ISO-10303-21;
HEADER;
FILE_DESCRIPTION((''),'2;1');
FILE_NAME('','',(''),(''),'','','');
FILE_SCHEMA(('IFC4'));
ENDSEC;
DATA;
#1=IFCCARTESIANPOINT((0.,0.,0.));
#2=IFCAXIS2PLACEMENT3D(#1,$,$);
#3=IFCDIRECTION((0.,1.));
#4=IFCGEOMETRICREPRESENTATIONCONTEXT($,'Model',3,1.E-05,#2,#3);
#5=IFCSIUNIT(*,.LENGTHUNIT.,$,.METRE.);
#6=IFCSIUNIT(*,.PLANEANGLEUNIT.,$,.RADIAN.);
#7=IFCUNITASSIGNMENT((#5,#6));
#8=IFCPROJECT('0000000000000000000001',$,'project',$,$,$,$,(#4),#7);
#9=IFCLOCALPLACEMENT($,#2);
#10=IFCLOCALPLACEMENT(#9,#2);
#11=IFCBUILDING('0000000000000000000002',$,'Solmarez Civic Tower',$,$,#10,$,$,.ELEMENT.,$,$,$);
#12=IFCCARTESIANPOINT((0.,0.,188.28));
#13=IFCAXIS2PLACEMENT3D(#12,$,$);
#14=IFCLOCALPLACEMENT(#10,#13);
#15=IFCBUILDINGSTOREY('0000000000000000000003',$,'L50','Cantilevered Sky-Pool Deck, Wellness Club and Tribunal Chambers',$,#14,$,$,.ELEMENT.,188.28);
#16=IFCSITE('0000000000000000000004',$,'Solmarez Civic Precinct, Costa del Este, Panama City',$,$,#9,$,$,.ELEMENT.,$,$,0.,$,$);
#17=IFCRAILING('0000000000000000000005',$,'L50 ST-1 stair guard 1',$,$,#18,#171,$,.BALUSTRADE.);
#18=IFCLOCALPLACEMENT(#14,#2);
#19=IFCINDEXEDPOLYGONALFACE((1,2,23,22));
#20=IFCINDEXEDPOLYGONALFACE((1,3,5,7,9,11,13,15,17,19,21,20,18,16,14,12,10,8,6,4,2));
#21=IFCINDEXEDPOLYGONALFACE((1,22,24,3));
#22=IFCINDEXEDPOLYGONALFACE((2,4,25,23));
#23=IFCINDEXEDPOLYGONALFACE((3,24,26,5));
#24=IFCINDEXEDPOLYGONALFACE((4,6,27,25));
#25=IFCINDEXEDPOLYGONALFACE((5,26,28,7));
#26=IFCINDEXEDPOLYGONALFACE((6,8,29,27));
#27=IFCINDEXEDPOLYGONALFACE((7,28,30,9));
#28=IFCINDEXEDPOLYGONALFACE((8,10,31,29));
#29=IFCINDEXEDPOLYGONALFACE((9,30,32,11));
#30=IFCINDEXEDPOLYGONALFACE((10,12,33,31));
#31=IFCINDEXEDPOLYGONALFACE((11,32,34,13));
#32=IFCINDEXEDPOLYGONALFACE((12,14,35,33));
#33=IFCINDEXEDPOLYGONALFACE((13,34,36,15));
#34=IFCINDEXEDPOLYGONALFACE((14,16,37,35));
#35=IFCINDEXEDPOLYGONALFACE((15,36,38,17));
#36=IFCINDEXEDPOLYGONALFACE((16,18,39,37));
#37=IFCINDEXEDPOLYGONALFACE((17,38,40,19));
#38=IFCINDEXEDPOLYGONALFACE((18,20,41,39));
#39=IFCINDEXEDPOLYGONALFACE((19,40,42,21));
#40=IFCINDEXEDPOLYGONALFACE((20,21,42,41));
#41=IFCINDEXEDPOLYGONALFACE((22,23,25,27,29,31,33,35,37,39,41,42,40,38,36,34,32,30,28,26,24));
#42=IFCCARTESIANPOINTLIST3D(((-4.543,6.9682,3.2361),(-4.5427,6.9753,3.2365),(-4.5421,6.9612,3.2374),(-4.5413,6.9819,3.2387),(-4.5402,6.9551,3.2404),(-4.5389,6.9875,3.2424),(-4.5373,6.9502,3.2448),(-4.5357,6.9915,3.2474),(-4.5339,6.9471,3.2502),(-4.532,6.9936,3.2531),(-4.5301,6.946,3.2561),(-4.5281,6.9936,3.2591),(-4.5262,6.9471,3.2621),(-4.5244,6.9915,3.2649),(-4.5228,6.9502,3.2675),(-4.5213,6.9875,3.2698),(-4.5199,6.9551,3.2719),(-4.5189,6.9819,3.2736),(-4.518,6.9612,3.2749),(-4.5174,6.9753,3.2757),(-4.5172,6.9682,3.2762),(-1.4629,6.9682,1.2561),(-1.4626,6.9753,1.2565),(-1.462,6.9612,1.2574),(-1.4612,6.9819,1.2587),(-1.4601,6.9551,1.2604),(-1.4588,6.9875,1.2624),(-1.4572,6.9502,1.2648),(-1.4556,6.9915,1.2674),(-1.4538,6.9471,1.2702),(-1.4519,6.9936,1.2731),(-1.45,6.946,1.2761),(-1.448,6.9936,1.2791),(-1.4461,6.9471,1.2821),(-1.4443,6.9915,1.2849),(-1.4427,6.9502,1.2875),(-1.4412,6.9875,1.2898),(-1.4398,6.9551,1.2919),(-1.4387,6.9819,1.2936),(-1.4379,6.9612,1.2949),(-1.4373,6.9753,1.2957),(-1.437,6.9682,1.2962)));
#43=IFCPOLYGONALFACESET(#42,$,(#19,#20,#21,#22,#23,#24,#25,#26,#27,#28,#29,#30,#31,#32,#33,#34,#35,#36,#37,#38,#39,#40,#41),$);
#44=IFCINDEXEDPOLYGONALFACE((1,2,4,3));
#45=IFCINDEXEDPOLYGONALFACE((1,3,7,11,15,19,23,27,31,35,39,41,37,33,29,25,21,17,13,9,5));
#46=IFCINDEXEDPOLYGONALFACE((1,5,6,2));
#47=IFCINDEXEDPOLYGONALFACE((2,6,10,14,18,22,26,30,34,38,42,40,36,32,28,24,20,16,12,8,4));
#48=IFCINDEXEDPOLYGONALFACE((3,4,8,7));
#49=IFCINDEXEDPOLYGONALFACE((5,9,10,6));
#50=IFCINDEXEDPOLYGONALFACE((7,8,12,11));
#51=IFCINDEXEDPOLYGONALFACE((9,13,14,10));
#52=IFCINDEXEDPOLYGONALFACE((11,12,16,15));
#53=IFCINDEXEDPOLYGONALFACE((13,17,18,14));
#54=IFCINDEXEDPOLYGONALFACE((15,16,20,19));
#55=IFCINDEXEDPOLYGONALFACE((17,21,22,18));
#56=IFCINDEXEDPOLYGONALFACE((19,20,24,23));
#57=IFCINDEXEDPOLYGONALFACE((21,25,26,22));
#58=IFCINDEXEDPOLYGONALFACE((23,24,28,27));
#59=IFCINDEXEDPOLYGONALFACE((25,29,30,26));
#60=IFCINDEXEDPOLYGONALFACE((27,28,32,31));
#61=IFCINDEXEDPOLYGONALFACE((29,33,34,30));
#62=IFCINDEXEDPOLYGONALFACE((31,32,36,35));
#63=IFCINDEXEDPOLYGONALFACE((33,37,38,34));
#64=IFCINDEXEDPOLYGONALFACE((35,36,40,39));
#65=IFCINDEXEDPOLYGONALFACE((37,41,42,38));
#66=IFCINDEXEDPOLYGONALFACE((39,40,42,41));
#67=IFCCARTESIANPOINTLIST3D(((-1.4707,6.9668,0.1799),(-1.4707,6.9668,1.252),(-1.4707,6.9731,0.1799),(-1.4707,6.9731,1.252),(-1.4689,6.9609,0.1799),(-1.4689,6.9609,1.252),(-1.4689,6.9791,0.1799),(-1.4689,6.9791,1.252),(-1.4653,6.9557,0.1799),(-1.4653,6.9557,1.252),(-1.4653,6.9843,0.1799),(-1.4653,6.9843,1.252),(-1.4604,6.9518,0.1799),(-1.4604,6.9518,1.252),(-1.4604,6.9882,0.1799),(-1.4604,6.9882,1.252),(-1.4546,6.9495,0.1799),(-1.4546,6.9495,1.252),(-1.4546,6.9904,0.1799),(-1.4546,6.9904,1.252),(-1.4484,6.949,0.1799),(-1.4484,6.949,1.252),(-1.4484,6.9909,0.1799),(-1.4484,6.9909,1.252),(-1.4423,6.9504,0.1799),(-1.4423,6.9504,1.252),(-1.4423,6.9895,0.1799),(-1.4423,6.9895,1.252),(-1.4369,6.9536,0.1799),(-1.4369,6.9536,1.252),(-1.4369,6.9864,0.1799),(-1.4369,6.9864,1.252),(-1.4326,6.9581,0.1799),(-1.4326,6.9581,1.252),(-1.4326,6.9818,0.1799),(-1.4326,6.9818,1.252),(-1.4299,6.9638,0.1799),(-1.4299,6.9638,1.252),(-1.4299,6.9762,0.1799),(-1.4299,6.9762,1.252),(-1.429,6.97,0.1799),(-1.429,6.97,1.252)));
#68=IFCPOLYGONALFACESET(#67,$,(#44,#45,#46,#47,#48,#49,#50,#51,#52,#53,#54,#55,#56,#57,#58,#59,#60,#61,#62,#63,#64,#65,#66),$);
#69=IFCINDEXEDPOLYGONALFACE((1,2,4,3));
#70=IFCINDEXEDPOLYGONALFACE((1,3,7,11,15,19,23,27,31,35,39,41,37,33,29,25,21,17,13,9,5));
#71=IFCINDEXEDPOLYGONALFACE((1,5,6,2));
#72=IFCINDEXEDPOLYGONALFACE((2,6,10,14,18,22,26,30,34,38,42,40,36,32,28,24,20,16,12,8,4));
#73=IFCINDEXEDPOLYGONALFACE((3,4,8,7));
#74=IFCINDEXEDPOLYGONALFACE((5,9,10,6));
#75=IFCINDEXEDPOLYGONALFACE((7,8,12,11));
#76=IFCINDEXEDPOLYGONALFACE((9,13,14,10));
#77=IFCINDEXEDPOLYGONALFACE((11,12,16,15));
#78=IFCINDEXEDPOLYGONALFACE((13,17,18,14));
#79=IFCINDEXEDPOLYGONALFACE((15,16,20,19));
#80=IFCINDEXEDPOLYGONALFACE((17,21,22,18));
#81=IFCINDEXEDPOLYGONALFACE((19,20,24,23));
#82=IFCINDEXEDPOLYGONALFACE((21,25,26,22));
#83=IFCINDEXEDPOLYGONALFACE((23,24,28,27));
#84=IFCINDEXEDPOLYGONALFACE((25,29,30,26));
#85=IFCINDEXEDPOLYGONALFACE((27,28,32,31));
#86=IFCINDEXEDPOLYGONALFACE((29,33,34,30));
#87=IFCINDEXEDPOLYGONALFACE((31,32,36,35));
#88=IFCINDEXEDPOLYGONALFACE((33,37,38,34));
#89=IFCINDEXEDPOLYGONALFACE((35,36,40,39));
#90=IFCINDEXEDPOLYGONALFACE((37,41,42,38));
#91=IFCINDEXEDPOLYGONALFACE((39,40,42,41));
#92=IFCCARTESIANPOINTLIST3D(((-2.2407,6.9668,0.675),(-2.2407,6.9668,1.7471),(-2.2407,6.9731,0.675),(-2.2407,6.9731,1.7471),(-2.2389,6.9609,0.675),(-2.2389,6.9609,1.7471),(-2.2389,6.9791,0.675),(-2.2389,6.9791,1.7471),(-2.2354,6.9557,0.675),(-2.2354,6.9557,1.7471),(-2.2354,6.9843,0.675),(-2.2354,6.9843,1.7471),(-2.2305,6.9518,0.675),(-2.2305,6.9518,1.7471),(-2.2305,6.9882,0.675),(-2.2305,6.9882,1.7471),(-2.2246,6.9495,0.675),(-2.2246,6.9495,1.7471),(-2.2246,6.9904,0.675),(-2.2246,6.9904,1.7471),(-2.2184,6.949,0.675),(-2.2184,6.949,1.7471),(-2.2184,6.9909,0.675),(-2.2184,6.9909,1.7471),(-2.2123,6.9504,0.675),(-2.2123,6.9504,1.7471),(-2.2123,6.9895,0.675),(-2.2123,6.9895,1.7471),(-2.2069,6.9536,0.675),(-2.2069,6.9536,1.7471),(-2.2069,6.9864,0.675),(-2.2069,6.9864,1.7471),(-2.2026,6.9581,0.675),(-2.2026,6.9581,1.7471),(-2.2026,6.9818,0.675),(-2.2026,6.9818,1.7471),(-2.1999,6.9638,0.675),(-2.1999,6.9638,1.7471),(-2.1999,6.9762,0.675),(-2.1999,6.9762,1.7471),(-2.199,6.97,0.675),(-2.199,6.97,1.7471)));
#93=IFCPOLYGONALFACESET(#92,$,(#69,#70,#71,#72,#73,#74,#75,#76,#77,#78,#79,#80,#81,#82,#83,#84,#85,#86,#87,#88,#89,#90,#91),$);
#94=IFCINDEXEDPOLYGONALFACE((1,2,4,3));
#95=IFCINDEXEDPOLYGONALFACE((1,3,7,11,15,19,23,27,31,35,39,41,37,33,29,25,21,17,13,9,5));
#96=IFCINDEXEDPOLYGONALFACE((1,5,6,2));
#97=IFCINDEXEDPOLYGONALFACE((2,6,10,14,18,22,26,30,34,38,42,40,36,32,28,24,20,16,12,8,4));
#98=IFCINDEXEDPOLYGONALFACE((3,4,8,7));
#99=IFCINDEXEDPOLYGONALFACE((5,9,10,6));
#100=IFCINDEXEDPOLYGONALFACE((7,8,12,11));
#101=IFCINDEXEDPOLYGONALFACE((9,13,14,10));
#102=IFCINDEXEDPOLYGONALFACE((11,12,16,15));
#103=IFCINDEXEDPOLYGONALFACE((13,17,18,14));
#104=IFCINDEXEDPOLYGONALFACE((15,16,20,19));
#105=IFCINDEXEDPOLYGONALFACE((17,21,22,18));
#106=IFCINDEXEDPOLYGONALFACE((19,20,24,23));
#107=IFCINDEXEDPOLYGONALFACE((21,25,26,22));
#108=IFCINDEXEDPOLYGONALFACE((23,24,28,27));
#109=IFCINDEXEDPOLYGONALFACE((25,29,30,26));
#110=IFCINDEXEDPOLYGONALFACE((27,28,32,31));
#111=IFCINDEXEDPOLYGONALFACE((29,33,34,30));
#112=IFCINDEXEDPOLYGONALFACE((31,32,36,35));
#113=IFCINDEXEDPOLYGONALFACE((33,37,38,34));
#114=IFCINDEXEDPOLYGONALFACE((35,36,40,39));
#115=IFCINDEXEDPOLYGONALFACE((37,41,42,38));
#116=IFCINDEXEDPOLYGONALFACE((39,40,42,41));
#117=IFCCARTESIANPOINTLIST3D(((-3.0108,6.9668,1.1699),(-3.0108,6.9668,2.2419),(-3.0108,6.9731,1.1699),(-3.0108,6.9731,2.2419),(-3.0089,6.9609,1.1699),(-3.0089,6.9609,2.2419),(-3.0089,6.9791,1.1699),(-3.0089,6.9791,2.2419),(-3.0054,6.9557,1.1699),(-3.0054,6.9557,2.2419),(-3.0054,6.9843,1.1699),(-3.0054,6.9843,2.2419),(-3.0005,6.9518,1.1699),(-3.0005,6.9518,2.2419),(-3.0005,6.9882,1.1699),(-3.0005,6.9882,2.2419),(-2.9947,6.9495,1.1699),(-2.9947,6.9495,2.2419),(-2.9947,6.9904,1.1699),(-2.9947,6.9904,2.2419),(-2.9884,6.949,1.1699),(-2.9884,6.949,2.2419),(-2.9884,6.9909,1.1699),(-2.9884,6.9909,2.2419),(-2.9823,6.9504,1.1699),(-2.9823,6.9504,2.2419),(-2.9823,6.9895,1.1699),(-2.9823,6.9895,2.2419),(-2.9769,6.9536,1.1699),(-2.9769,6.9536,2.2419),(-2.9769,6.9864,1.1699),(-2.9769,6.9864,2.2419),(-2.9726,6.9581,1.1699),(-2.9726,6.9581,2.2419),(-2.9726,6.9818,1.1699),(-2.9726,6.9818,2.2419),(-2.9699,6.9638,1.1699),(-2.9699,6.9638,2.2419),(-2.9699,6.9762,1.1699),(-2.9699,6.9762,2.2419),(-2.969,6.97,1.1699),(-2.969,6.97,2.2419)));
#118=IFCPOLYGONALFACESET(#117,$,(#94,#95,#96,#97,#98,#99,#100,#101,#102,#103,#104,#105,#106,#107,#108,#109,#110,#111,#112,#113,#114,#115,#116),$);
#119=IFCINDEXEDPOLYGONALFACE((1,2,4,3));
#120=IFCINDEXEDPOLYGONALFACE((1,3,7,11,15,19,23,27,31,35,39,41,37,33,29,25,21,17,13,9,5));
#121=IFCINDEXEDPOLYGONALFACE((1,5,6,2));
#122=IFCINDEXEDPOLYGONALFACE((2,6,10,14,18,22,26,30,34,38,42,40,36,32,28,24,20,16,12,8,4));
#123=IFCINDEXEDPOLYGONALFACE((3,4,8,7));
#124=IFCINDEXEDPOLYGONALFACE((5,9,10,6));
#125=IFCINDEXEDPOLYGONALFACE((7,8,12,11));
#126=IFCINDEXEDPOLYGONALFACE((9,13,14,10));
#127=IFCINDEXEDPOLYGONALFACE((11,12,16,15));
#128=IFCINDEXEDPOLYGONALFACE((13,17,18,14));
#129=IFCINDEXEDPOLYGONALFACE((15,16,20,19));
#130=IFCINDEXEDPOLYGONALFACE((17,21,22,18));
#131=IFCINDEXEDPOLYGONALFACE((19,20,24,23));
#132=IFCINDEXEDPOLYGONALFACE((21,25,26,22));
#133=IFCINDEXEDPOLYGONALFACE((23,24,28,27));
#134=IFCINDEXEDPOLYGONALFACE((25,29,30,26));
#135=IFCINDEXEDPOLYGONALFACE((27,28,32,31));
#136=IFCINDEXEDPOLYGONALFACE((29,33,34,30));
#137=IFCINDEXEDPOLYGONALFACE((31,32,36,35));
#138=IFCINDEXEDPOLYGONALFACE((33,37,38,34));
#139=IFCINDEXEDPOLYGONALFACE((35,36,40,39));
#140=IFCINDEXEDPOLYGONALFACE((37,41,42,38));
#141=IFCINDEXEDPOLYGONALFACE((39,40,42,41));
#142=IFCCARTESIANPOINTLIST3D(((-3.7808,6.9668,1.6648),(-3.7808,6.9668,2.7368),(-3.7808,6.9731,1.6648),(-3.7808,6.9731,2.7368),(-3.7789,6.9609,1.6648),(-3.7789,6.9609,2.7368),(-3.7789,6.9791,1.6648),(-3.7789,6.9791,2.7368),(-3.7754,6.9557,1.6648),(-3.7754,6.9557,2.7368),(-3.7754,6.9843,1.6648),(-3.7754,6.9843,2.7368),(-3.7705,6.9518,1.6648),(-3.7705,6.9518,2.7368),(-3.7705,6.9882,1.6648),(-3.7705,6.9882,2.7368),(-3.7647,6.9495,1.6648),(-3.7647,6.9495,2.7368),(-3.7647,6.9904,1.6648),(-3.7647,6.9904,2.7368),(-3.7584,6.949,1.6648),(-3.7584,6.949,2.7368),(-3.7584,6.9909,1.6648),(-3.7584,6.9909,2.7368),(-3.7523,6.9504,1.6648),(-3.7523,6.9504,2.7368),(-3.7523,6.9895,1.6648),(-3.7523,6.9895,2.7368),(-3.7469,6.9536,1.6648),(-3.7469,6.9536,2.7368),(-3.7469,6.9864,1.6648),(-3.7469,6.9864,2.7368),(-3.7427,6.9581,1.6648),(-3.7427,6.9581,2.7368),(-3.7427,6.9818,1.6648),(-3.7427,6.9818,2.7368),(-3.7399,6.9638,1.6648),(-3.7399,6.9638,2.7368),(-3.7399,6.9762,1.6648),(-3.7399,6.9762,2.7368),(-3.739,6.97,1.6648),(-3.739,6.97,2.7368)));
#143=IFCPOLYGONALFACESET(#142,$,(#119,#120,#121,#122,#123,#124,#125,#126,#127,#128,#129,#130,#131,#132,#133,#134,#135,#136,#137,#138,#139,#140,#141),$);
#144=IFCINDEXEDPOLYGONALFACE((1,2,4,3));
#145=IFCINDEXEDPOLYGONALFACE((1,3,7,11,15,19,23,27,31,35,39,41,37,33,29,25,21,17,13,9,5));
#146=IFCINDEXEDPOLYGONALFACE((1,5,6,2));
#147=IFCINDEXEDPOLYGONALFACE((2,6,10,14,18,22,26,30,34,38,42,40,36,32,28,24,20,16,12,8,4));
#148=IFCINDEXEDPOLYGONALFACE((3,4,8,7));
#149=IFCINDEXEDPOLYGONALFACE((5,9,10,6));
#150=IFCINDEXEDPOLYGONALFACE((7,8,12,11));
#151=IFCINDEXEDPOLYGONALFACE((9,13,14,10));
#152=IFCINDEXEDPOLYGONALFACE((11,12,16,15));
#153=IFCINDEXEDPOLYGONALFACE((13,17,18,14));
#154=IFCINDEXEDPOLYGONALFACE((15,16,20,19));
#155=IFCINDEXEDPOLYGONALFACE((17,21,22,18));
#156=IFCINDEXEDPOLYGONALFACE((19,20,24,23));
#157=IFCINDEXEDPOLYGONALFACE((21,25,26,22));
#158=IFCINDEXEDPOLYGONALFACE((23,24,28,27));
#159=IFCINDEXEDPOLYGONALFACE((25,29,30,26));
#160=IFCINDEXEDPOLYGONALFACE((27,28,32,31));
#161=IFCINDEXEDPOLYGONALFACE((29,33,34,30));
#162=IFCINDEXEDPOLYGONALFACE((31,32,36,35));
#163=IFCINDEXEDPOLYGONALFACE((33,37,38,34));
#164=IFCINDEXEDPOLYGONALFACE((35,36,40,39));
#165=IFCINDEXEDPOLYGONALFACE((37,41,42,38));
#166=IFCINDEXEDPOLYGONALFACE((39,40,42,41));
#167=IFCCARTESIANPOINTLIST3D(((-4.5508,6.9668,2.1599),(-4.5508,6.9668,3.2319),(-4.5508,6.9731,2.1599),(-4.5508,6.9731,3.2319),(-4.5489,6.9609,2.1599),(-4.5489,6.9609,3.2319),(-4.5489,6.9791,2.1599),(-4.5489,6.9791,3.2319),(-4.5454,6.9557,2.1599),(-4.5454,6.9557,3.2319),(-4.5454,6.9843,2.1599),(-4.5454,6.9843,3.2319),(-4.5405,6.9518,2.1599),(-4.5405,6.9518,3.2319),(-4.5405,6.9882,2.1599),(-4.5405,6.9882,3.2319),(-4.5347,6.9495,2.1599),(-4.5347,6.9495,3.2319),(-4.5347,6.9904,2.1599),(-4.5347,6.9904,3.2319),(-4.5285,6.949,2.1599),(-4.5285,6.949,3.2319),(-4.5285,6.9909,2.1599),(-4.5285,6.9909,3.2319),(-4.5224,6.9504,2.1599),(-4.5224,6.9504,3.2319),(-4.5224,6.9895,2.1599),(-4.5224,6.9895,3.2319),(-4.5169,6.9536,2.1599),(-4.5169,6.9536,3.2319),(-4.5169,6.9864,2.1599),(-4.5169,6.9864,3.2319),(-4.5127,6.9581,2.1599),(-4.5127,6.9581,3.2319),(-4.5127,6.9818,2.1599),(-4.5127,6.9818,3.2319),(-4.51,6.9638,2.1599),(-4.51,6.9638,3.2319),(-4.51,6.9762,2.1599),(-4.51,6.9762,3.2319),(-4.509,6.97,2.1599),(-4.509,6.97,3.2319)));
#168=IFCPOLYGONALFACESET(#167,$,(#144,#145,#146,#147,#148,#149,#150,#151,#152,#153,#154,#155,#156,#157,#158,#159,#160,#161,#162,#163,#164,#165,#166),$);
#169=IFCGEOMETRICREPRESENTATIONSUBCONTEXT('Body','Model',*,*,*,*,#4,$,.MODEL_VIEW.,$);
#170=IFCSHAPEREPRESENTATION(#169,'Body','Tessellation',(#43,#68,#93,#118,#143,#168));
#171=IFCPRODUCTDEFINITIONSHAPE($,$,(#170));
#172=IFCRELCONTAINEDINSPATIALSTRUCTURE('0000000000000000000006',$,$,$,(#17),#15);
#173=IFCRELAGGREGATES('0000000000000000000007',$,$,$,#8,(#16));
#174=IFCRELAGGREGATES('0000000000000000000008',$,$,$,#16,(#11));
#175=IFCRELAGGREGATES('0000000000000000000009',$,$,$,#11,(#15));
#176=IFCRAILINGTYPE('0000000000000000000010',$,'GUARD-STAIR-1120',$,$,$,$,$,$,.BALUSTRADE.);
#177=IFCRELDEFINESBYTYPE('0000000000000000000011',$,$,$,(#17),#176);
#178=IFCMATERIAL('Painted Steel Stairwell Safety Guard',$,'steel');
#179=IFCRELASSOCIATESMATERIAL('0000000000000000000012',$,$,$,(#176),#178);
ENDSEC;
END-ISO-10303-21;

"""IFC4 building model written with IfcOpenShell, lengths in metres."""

from ifc_helpers import new_model, si_unit, direction, frame, origin, origin_2d, place, context, subcontext, project, spatial, circle, extrude, material, type_object, element, save


model = new_model("IFC4")

# Units and contexts
model_context = context("Model", 3, precision=1e-05, world=origin(), true_north=direction((0.0, 1.0)))
body_context = subcontext(model_context, "Body", "Model", "MODEL_VIEW")
ifc_project = project(units=[si_unit("LENGTHUNIT", "METRE"), si_unit("PLANEANGLEUNIT", "RADIAN")], contexts=[model_context])

# Site, building, storey
site_placement = place(None, origin())
site = spatial("IfcSite", under=ifc_project, at=site_placement, Name="Solmarez Civic Precinct, Costa del Este, Panama City", CompositionType="ELEMENT", RefElevation=0.0)
building_placement = place(site_placement, origin())
building = spatial("IfcBuilding", under=site, at=building_placement, Name="Solmarez Civic Tower", CompositionType="ELEMENT")
storey_placement = place(building_placement, frame((0.0, 0.0, 188.28)))
storey = spatial("IfcBuildingStorey", under=building, at=storey_placement, Name="L50", Description="Cantilevered Sky-Pool Deck, Wellness Club and Tribunal Chambers", CompositionType="ELEMENT", Elevation=188.28)

# Railing
ifc_material_1 = material(Name="Painted Steel Stairwell Safety Guard", Category="steel")
railing_type_1 = type_object("IfcRailingType", Name="GUARD-STAIR-1120", PredefinedType="BALUSTRADE", material=ifc_material_1)
railing_1_placement = place(storey_placement, frame((-1.45, 6.97, 0.1799)))
element("IfcRailing", 1, at=railing_1_placement, inside=storey, type_object=railing_type_1, Name="L50 ST-1 stair guard 1", PredefinedType="BALUSTRADE", context=body_context, shape_type="SweptSolid", body=[
    extrude(circle(Radius=0.0239, at=origin_2d()), frame((0.0, 0.0, 1.0962), z_axis=(-0.841187, 0.0, 0.540744), x_axis=(0.0, -1.0, 0.0)), (0.0, 0.0, 1.0), 3.6616),
    extrude(circle(Radius=0.021, at=origin_2d()), origin(), (0.0, 0.0, 1.0), 1.072),
    extrude(circle(Radius=0.021, at=origin_2d()), frame((-0.77, 0.0, 0.4951)), (0.0, 0.0, 1.0), 1.072),
    extrude(circle(Radius=0.021, at=origin_2d()), frame((-1.54, 0.0, 0.99)), (0.0, 0.0, 1.0), 1.072),
    extrude(circle(Radius=0.021, at=origin_2d()), frame((-2.3101, 0.0, 1.4849)), (0.0, 0.0, 1.0), 1.072),
    extrude(circle(Radius=0.021, at=origin_2d()), frame((-3.0801, 0.0, 1.98)), (0.0, 0.0, 1.0), 1.072),
])

save(model, "model.ifc")
